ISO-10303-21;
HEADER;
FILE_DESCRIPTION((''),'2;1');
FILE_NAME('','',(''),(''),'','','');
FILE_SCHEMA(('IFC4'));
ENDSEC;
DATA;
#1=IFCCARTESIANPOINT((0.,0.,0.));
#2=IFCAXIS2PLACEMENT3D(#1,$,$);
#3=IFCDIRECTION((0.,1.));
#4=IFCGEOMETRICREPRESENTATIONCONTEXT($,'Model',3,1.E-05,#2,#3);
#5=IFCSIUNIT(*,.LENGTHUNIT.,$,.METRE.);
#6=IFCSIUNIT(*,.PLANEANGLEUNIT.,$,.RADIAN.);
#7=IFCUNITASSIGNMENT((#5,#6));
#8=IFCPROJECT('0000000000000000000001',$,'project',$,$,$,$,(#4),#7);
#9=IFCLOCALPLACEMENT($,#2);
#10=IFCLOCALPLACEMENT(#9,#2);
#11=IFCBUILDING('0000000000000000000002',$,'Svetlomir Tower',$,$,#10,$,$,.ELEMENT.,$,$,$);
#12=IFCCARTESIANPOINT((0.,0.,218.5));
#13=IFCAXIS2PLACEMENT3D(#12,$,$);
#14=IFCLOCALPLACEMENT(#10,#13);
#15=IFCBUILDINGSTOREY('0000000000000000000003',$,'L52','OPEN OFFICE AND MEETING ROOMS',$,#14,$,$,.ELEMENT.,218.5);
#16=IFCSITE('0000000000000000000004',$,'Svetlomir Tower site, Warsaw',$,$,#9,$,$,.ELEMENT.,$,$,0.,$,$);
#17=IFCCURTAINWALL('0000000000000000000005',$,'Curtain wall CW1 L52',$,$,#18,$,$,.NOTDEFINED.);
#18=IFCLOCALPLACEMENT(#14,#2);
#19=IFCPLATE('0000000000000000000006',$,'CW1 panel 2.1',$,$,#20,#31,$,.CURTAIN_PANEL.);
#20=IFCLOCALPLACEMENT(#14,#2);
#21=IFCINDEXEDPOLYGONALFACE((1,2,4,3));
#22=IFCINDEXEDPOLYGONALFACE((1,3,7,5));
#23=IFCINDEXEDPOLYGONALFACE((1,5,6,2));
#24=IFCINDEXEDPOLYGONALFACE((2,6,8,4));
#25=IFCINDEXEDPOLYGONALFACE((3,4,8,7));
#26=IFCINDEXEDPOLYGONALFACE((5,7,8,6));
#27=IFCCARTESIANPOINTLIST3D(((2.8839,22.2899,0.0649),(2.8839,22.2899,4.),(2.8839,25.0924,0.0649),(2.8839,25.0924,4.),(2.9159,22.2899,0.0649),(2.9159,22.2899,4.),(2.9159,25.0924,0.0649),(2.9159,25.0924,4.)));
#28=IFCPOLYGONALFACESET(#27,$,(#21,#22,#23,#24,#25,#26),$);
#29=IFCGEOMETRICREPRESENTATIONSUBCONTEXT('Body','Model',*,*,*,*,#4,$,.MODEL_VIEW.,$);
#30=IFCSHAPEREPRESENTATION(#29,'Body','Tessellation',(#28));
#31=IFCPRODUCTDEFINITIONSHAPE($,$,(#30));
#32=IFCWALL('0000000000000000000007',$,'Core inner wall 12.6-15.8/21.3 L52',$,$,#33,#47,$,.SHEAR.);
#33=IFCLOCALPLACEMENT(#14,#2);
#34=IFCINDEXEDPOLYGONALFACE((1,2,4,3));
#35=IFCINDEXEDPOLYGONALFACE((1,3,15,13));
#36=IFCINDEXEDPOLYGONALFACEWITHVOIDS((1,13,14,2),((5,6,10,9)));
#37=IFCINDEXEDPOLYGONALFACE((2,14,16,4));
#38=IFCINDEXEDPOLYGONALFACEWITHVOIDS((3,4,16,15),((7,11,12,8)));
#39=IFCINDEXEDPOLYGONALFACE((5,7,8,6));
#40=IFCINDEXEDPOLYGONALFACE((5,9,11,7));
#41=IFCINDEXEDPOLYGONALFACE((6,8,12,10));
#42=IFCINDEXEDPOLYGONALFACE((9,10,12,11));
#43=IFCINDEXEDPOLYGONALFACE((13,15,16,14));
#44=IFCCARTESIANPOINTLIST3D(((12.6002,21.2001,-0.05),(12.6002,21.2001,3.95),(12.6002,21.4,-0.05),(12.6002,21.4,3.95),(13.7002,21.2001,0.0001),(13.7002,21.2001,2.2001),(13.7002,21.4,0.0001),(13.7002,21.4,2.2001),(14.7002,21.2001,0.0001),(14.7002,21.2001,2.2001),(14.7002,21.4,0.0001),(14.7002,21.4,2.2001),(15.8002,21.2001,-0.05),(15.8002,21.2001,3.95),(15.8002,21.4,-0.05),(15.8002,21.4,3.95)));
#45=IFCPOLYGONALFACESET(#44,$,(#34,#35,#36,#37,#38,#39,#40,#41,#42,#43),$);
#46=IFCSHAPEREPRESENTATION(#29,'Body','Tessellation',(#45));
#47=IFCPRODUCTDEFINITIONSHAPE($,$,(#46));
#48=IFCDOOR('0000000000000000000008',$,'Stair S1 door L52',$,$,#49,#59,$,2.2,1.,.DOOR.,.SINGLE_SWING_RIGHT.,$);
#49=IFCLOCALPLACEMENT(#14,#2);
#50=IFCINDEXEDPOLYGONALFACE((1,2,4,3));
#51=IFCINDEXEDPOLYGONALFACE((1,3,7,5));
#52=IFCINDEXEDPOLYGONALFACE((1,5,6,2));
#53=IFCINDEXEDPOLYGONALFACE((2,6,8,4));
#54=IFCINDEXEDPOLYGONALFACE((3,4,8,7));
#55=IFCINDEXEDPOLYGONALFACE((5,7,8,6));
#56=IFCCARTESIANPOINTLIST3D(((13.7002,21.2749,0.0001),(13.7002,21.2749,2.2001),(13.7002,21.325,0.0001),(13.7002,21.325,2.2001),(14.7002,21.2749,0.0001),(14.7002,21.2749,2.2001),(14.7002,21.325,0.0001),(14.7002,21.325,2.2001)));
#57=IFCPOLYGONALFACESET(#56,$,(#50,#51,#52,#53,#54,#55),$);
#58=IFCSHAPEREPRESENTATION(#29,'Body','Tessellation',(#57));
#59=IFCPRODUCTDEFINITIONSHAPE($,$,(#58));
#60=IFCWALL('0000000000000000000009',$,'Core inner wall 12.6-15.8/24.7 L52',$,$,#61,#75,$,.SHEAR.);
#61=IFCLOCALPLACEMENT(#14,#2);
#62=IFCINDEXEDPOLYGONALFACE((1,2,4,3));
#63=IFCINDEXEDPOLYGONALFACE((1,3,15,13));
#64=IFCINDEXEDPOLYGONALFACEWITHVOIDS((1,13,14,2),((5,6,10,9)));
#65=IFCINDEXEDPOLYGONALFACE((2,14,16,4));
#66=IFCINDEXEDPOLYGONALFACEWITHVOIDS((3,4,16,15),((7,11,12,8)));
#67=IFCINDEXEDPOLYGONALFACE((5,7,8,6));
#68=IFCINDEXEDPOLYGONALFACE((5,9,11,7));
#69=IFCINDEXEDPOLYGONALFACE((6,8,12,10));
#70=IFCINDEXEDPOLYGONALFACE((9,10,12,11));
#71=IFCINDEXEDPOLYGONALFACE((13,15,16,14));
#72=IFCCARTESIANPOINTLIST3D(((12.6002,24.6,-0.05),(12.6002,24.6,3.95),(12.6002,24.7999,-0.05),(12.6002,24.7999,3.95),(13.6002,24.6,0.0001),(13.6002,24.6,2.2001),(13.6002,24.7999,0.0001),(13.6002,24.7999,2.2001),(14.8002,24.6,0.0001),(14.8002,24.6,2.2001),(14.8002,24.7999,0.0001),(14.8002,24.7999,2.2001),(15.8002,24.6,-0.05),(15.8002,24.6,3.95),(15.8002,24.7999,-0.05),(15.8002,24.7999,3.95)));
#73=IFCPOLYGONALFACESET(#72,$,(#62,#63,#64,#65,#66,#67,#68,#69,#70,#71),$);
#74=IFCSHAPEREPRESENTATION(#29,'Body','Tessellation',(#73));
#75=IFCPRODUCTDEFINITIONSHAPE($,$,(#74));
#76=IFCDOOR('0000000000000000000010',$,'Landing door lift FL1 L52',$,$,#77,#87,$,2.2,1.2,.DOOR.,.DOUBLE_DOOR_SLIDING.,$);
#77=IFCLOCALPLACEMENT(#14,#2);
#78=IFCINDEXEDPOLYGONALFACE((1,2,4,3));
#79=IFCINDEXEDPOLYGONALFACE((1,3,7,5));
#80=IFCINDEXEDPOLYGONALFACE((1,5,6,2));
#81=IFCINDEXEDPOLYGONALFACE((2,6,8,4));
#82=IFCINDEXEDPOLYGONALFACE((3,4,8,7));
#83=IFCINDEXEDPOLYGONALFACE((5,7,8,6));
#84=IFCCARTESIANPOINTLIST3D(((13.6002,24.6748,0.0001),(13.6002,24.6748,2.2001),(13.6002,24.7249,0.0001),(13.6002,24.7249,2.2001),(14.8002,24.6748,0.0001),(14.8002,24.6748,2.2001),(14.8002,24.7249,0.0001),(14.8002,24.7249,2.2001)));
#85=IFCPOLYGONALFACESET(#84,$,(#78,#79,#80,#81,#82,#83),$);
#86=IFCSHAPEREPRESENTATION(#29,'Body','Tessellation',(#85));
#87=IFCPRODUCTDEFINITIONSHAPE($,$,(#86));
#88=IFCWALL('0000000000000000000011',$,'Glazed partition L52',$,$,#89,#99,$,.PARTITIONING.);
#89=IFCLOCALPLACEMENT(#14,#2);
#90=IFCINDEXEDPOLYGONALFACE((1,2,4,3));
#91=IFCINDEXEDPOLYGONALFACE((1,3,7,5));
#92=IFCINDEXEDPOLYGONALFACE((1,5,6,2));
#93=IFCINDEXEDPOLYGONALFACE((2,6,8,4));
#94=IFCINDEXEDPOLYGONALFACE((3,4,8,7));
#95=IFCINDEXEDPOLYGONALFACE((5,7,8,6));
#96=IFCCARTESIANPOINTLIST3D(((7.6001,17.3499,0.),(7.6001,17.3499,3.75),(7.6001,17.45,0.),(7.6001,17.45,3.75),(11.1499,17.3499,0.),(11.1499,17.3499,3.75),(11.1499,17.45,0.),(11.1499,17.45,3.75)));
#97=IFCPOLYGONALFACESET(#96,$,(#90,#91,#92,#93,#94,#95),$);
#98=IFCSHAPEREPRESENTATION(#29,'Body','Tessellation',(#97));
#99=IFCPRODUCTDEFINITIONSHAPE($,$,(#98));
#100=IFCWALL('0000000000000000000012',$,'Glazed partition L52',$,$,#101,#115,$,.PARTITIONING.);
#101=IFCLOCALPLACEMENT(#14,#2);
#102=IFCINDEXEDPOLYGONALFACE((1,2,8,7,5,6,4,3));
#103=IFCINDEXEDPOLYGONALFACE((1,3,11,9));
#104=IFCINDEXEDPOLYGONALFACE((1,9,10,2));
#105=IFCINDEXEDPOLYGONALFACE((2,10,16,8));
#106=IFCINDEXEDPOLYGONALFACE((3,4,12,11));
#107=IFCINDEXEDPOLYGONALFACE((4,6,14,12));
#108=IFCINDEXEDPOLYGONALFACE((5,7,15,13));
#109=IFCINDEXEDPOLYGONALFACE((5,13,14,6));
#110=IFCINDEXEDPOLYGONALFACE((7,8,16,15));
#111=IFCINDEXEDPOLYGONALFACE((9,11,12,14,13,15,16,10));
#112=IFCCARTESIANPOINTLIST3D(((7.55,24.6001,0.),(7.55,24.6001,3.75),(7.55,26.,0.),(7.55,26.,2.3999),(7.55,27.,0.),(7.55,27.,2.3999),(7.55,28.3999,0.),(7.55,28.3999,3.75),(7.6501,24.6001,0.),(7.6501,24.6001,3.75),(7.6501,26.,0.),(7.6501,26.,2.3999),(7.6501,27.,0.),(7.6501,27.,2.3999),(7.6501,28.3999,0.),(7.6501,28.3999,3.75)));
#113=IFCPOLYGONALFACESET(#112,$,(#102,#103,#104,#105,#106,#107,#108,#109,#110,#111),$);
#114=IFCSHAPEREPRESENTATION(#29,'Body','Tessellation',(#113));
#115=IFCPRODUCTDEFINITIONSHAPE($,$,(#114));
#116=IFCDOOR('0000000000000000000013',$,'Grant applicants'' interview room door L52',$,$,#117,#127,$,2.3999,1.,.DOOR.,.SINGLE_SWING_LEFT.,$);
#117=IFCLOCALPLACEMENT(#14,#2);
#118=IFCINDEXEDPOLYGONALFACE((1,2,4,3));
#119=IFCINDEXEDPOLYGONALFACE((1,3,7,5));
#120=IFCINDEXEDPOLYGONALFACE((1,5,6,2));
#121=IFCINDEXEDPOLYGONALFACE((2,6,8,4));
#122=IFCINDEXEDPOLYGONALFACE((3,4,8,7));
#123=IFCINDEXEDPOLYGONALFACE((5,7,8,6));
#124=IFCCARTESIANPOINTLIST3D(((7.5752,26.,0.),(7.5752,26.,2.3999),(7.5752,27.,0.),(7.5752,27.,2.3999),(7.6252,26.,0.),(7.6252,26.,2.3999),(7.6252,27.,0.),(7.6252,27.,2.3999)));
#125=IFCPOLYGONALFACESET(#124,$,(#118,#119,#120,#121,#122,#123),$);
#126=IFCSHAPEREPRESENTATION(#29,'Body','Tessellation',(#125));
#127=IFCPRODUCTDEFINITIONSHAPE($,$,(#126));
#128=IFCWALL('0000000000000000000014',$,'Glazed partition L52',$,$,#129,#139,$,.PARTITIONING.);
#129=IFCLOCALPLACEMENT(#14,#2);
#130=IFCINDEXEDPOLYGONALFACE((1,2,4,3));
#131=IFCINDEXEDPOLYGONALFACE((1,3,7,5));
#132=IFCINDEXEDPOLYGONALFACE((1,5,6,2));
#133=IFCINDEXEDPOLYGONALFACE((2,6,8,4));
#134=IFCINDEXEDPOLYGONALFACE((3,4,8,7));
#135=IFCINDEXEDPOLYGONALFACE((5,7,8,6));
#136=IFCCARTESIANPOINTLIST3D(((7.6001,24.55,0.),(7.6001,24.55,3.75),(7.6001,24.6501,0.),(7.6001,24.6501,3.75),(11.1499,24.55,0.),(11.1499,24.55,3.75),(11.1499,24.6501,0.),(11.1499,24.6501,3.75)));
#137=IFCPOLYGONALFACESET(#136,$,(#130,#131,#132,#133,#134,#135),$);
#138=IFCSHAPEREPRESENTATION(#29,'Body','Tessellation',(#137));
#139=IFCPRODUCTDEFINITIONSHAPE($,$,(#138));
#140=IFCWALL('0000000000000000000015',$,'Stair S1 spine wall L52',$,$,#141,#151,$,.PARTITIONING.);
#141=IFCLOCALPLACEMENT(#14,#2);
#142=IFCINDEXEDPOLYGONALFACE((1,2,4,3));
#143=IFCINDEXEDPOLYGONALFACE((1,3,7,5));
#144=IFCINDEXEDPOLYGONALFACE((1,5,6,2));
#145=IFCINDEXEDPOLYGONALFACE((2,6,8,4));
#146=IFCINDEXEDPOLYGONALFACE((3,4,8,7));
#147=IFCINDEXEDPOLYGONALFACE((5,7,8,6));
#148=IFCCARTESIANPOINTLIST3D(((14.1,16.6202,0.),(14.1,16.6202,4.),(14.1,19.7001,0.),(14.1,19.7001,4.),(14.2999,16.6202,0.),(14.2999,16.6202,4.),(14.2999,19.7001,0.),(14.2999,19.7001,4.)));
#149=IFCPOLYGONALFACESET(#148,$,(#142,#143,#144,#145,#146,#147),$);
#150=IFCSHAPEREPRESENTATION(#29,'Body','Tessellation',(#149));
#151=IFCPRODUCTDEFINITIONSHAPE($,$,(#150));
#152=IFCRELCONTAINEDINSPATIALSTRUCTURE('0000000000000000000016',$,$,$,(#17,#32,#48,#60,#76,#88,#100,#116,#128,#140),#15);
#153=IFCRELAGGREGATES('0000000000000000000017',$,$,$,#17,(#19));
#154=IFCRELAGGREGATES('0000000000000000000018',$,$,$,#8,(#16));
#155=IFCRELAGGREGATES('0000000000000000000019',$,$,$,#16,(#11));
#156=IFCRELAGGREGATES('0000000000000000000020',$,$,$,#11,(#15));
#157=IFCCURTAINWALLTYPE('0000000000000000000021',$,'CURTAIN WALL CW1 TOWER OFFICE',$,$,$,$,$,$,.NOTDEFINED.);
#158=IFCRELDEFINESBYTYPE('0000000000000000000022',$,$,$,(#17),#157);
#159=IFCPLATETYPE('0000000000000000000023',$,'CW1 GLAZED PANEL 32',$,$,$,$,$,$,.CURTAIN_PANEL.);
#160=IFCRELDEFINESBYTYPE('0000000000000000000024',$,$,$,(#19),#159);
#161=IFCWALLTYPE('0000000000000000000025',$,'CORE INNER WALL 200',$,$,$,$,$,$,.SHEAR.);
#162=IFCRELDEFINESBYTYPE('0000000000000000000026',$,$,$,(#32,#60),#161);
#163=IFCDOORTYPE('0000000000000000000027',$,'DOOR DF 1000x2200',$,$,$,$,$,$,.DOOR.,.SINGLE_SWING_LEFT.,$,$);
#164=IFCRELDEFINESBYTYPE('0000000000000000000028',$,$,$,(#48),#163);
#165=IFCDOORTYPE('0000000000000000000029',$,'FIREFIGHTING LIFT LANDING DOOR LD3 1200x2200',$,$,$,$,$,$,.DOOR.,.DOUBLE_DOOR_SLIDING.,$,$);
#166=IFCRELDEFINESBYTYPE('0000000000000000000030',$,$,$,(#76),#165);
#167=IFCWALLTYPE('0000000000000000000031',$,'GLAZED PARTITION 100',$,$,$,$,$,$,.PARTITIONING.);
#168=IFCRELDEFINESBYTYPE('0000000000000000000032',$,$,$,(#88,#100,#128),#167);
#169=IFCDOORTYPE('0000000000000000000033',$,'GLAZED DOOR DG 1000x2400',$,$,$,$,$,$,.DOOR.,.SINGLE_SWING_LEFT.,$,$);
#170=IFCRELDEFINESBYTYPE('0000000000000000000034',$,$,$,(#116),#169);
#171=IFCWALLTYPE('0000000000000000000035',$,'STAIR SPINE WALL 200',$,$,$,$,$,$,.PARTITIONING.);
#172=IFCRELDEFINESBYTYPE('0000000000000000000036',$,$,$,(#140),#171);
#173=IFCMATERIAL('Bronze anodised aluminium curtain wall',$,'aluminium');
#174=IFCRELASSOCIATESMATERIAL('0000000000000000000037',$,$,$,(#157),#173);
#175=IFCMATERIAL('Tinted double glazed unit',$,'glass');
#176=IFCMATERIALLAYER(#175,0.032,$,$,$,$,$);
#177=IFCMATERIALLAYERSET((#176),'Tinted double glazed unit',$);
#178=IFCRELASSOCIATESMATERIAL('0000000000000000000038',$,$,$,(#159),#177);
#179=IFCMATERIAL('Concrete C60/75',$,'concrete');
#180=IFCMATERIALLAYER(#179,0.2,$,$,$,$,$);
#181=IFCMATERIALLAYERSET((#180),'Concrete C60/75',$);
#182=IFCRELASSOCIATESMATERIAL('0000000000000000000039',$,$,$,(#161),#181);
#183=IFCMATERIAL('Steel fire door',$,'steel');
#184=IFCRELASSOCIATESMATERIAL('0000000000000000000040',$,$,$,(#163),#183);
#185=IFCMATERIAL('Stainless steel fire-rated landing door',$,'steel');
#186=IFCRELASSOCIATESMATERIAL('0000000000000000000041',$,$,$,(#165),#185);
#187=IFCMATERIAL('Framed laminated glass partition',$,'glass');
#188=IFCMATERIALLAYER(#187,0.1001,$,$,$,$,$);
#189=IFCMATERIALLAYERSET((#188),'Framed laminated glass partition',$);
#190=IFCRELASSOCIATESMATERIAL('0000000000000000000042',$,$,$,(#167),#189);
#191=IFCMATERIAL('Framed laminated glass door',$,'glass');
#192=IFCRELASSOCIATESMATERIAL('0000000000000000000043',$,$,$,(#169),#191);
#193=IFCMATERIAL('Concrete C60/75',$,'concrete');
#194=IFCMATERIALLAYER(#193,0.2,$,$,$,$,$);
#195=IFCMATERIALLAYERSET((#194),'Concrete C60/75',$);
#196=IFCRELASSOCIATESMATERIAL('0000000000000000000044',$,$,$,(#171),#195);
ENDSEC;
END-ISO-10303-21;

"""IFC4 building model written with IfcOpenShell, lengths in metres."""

from ifc_helpers import new_model, si_unit, direction, frame, frame_2d, origin, origin_2d, place, context, subcontext, project, spatial, rectangle, extrude, material, layer, layer_set, type_object, element, fill, aggregate, save


model = new_model("IFC4")

# Units and contexts
model_context = context("Model", 3, precision=1e-05, world=origin(), true_north=direction((0.0, 1.0)))
body_context = subcontext(model_context, "Body", "Model", "MODEL_VIEW")
ifc_project = project(units=[si_unit("LENGTHUNIT", "METRE"), si_unit("PLANEANGLEUNIT", "RADIAN")], contexts=[model_context])

# Site, building, storey
site_placement = place(None, origin())
site = spatial("IfcSite", under=ifc_project, at=site_placement, Name="Svetlomir Tower site, Warsaw", CompositionType="ELEMENT", RefElevation=0.0)
building_placement = place(site_placement, origin())
building = spatial("IfcBuilding", under=site, at=building_placement, Name="Svetlomir Tower", CompositionType="ELEMENT")
storey_placement = place(building_placement, frame((0.0, 0.0, 218.5)))
storey = spatial("IfcBuildingStorey", under=building, at=storey_placement, Name="L52", Description="OPEN OFFICE AND MEETING ROOMS", CompositionType="ELEMENT", Elevation=218.5)

# Curtain wall
ifc_material_1 = material(Name="Bronze anodised aluminium curtain wall", Category="aluminium")
curtain_wall_type = type_object("IfcCurtainWallType", Name="CURTAIN WALL CW1 TOWER OFFICE", PredefinedType="NOTDEFINED", material=ifc_material_1)
curtain_wall_1_placement = place(storey_placement, origin())
curtain_wall_1 = element("IfcCurtainWall", 1, at=curtain_wall_1_placement, inside=storey, type_object=curtain_wall_type, Name="Curtain wall CW1 L52", PredefinedType="NOTDEFINED")

# Plate
ifc_material_2 = material(Name="Tinted double glazed unit", Category="glass")
ifc_layer_1 = layer(ifc_material_2, 0.032)
ifc_layer_set_1 = layer_set([ifc_layer_1], Name="Tinted double glazed unit")
plate_type = type_object("IfcPlateType", Name="CW1 GLAZED PANEL 32", PredefinedType="CURTAIN_PANEL", material=ifc_layer_set_1)
plate_placement = place(storey_placement, frame((2.8999, 23.6912, 0.0649), z_axis=(0.0, 0.0, 1.0), x_axis=(0.0, -1.0, 0.0)))
plate = element("IfcPlate", 2, at=plate_placement, type_object=plate_type, Name="CW1 panel 2.1", PredefinedType="CURTAIN_PANEL", context=body_context, shape_type="SweptSolid", body=[
    extrude(rectangle(XDim=2.8025, YDim=0.032, at=origin_2d()), origin(), (0.0, 0.0, 1.0), 3.9351),
])
aggregate(curtain_wall_1, [plate])

# Walls, openings, doors
ifc_material_3 = material(Name="Concrete C60/75", Category="concrete")
ifc_layer_2 = layer(ifc_material_3, 0.2)
ifc_layer_set_2 = layer_set([ifc_layer_2], Name="Concrete C60/75")
wall_type_1 = type_object("IfcWallType", Name="CORE INNER WALL 200", PredefinedType="SHEAR", material=ifc_layer_set_2)
wall_1_placement = place(storey_placement, frame((12.6001, 21.3, -0.05), z_axis=(0.0, 0.0, 1.0), x_axis=(1.0, 0.0, 0.0)))
wall_1 = element("IfcWall", 3, at=wall_1_placement, inside=storey, type_object=wall_type_1, Name="Core inner wall 12.6-15.8/21.3 L52", PredefinedType="SHEAR", context=body_context, shape_type="SweptSolid", body=[
    extrude(rectangle(XDim=3.2, YDim=0.2, at=frame_2d((1.6001, 0.0))), origin(), (0.0, 0.0, 1.0), 4.0),
])
opening_1_placement = place(wall_1_placement, frame((1.1001, 0.0, 0.05)))
opening_1 = element("IfcOpeningElement", 4, at=opening_1_placement, cuts=wall_1, PredefinedType="OPENING", context=body_context, shape_type="SweptSolid", body=[
    extrude(rectangle(XDim=1.0, YDim=2.2, at=frame_2d((0.5, 1.1001))), frame((0.0, 0.1099, 0.0), z_axis=(0.0, -1.0, 0.0), x_axis=(1.0, 0.0, 0.0)), (0.0, 0.0, 1.0), 0.22),
])
ifc_material_4 = material(Name="Steel fire door", Category="steel")
door_type_1 = type_object("IfcDoorType", Name="DOOR DF 1000x2200", OperationType="SINGLE_SWING_LEFT", PredefinedType="DOOR", material=ifc_material_4)
door_1_placement = place(opening_1_placement, origin())
door_1 = element("IfcDoor", 5, at=door_1_placement, inside=storey, type_object=door_type_1, Name="Stair S1 door L52", OperationType="SINGLE_SWING_RIGHT", OverallHeight=2.2, OverallWidth=1.0, PredefinedType="DOOR", context=body_context, shape_type="SweptSolid", body=[
    extrude(rectangle(XDim=1.0, YDim=2.2, at=frame_2d((0.5, 1.1001))), frame((0.0, 0.0249, 0.0), z_axis=(0.0, -1.0, 0.0), x_axis=(1.0, 0.0, 0.0)), (0.0, 0.0, 1.0), 0.05),
])
fill(opening_1, door_1)
wall_2_placement = place(storey_placement, frame((12.6001, 24.7, -0.05), z_axis=(0.0, 0.0, 1.0), x_axis=(1.0, 0.0, 0.0)))
wall_2 = element("IfcWall", 6, at=wall_2_placement, inside=storey, type_object=wall_type_1, Name="Core inner wall 12.6-15.8/24.7 L52", PredefinedType="SHEAR", context=body_context, shape_type="SweptSolid", body=[
    extrude(rectangle(XDim=3.2, YDim=0.2, at=frame_2d((1.6001, 0.0))), origin(), (0.0, 0.0, 1.0), 4.0),
])
opening_2_placement = place(wall_2_placement, frame((1.0, 0.0, 0.05)))
opening_2 = element("IfcOpeningElement", 7, at=opening_2_placement, cuts=wall_2, PredefinedType="OPENING", context=body_context, shape_type="SweptSolid", body=[
    extrude(rectangle(XDim=1.2, YDim=2.2, at=frame_2d((0.6001, 1.1001))), frame((0.0, 0.1099, 0.0), z_axis=(0.0, -1.0, 0.0), x_axis=(1.0, 0.0, 0.0)), (0.0, 0.0, 1.0), 0.22),
])
ifc_material_5 = material(Name="Stainless steel fire-rated landing door", Category="steel")
door_type_2 = type_object("IfcDoorType", Name="FIREFIGHTING LIFT LANDING DOOR LD3 1200x2200", OperationType="DOUBLE_DOOR_SLIDING", PredefinedType="DOOR", material=ifc_material_5)
door_2_placement = place(opening_2_placement, origin())
door_2 = element("IfcDoor", 8, at=door_2_placement, inside=storey, type_object=door_type_2, Name="Landing door lift FL1 L52", OperationType="DOUBLE_DOOR_SLIDING", OverallHeight=2.2, OverallWidth=1.2, PredefinedType="DOOR", context=body_context, shape_type="SweptSolid", body=[
    extrude(rectangle(XDim=1.2, YDim=2.2, at=frame_2d((0.6001, 1.1001))), frame((0.0, 0.0249, 0.0), z_axis=(0.0, -1.0, 0.0), x_axis=(1.0, 0.0, 0.0)), (0.0, 0.0, 1.0), 0.05),
])
fill(opening_2, door_2)

# Wall
ifc_material_6 = material(Name="Framed laminated glass partition", Category="glass")
ifc_layer_3 = layer(ifc_material_6, 0.1001)
ifc_layer_set_3 = layer_set([ifc_layer_3], Name="Framed laminated glass partition")
wall_type_2 = type_object("IfcWallType", Name="GLAZED PARTITION 100", PredefinedType="PARTITIONING", material=ifc_layer_set_3)
wall_3_placement = place(storey_placement, frame((7.6001, 17.3999, 0.0), z_axis=(0.0, 0.0, 1.0), x_axis=(1.0, 0.0, 0.0)))
element("IfcWall", 9, at=wall_3_placement, inside=storey, type_object=wall_type_2, Name="Glazed partition L52", PredefinedType="PARTITIONING", context=body_context, shape_type="SweptSolid", body=[
    extrude(rectangle(XDim=3.5498, YDim=0.1001, at=frame_2d((1.7749, 0.0))), origin(), (0.0, 0.0, 1.0), 3.75),
])

# Wall, opening, door
wall_4_placement = place(storey_placement, frame((7.6001, 24.6001, 0.0), z_axis=(0.0, 0.0, 1.0), x_axis=(0.0, 1.0, 0.0)))
wall_4 = element("IfcWall", 10, at=wall_4_placement, inside=storey, type_object=wall_type_2, Name="Glazed partition L52", PredefinedType="PARTITIONING", context=body_context, shape_type="SweptSolid", body=[
    extrude(rectangle(XDim=3.7998, YDim=0.1001, at=frame_2d((1.8999, 0.0))), origin(), (0.0, 0.0, 1.0), 3.75),
])
opening_3_placement = place(wall_4_placement, frame((1.3999, 0.0, 0.0)))
opening_3 = element("IfcOpeningElement", 11, at=opening_3_placement, cuts=wall_4, PredefinedType="OPENING", context=body_context, shape_type="SweptSolid", body=[
    extrude(rectangle(XDim=1.0, YDim=2.3999, at=frame_2d((0.5, 1.2))), frame((0.0, 0.0601, 0.0), z_axis=(0.0, -1.0, 0.0), x_axis=(1.0, 0.0, 0.0)), (0.0, 0.0, 1.0), 0.1201),
])
ifc_material_7 = material(Name="Framed laminated glass door", Category="glass")
door_type_3 = type_object("IfcDoorType", Name="GLAZED DOOR DG 1000x2400", OperationType="SINGLE_SWING_LEFT", PredefinedType="DOOR", material=ifc_material_7)
door_3_placement = place(opening_3_placement, origin())
door_3 = element("IfcDoor", 12, at=door_3_placement, inside=storey, type_object=door_type_3, Name="Grant applicants' interview room door L52", OperationType="SINGLE_SWING_LEFT", OverallHeight=2.3999, OverallWidth=1.0, PredefinedType="DOOR", context=body_context, shape_type="SweptSolid", body=[
    extrude(rectangle(XDim=1.0, YDim=2.3999, at=frame_2d((0.5, 1.2))), frame((0.0, 0.0249, 0.0), z_axis=(0.0, -1.0, 0.0), x_axis=(1.0, 0.0, 0.0)), (0.0, 0.0, 1.0), 0.05),
])
fill(opening_3, door_3)

# Walls
wall_5_placement = place(storey_placement, frame((7.6001, 24.6001, 0.0), z_axis=(0.0, 0.0, 1.0), x_axis=(1.0, 0.0, 0.0)))
element("IfcWall", 13, at=wall_5_placement, inside=storey, type_object=wall_type_2, Name="Glazed partition L52", PredefinedType="PARTITIONING", context=body_context, shape_type="SweptSolid", body=[
    extrude(rectangle(XDim=3.5498, YDim=0.1001, at=frame_2d((1.7749, 0.0))), origin(), (0.0, 0.0, 1.0), 3.75),
])
ifc_material_8 = material(Name="Concrete C60/75", Category="concrete")
ifc_layer_4 = layer(ifc_material_8, 0.2)
ifc_layer_set_4 = layer_set([ifc_layer_4], Name="Concrete C60/75")
wall_type_3 = type_object("IfcWallType", Name="STAIR SPINE WALL 200", PredefinedType="PARTITIONING", material=ifc_layer_set_4)
wall_6_placement = place(storey_placement, frame((14.2, 16.6201, 0.0), z_axis=(0.0, 0.0, 1.0), x_axis=(0.0, 1.0, 0.0)))
element("IfcWall", 14, at=wall_6_placement, inside=storey, type_object=wall_type_3, Name="Stair S1 spine wall L52", PredefinedType="PARTITIONING", context=body_context, shape_type="SweptSolid", body=[
    extrude(rectangle(XDim=3.0798, YDim=0.2, at=frame_2d((1.54, 0.0))), origin(), (0.0, 0.0, 1.0), 4.0),
])

save(model, "model.ifc")
